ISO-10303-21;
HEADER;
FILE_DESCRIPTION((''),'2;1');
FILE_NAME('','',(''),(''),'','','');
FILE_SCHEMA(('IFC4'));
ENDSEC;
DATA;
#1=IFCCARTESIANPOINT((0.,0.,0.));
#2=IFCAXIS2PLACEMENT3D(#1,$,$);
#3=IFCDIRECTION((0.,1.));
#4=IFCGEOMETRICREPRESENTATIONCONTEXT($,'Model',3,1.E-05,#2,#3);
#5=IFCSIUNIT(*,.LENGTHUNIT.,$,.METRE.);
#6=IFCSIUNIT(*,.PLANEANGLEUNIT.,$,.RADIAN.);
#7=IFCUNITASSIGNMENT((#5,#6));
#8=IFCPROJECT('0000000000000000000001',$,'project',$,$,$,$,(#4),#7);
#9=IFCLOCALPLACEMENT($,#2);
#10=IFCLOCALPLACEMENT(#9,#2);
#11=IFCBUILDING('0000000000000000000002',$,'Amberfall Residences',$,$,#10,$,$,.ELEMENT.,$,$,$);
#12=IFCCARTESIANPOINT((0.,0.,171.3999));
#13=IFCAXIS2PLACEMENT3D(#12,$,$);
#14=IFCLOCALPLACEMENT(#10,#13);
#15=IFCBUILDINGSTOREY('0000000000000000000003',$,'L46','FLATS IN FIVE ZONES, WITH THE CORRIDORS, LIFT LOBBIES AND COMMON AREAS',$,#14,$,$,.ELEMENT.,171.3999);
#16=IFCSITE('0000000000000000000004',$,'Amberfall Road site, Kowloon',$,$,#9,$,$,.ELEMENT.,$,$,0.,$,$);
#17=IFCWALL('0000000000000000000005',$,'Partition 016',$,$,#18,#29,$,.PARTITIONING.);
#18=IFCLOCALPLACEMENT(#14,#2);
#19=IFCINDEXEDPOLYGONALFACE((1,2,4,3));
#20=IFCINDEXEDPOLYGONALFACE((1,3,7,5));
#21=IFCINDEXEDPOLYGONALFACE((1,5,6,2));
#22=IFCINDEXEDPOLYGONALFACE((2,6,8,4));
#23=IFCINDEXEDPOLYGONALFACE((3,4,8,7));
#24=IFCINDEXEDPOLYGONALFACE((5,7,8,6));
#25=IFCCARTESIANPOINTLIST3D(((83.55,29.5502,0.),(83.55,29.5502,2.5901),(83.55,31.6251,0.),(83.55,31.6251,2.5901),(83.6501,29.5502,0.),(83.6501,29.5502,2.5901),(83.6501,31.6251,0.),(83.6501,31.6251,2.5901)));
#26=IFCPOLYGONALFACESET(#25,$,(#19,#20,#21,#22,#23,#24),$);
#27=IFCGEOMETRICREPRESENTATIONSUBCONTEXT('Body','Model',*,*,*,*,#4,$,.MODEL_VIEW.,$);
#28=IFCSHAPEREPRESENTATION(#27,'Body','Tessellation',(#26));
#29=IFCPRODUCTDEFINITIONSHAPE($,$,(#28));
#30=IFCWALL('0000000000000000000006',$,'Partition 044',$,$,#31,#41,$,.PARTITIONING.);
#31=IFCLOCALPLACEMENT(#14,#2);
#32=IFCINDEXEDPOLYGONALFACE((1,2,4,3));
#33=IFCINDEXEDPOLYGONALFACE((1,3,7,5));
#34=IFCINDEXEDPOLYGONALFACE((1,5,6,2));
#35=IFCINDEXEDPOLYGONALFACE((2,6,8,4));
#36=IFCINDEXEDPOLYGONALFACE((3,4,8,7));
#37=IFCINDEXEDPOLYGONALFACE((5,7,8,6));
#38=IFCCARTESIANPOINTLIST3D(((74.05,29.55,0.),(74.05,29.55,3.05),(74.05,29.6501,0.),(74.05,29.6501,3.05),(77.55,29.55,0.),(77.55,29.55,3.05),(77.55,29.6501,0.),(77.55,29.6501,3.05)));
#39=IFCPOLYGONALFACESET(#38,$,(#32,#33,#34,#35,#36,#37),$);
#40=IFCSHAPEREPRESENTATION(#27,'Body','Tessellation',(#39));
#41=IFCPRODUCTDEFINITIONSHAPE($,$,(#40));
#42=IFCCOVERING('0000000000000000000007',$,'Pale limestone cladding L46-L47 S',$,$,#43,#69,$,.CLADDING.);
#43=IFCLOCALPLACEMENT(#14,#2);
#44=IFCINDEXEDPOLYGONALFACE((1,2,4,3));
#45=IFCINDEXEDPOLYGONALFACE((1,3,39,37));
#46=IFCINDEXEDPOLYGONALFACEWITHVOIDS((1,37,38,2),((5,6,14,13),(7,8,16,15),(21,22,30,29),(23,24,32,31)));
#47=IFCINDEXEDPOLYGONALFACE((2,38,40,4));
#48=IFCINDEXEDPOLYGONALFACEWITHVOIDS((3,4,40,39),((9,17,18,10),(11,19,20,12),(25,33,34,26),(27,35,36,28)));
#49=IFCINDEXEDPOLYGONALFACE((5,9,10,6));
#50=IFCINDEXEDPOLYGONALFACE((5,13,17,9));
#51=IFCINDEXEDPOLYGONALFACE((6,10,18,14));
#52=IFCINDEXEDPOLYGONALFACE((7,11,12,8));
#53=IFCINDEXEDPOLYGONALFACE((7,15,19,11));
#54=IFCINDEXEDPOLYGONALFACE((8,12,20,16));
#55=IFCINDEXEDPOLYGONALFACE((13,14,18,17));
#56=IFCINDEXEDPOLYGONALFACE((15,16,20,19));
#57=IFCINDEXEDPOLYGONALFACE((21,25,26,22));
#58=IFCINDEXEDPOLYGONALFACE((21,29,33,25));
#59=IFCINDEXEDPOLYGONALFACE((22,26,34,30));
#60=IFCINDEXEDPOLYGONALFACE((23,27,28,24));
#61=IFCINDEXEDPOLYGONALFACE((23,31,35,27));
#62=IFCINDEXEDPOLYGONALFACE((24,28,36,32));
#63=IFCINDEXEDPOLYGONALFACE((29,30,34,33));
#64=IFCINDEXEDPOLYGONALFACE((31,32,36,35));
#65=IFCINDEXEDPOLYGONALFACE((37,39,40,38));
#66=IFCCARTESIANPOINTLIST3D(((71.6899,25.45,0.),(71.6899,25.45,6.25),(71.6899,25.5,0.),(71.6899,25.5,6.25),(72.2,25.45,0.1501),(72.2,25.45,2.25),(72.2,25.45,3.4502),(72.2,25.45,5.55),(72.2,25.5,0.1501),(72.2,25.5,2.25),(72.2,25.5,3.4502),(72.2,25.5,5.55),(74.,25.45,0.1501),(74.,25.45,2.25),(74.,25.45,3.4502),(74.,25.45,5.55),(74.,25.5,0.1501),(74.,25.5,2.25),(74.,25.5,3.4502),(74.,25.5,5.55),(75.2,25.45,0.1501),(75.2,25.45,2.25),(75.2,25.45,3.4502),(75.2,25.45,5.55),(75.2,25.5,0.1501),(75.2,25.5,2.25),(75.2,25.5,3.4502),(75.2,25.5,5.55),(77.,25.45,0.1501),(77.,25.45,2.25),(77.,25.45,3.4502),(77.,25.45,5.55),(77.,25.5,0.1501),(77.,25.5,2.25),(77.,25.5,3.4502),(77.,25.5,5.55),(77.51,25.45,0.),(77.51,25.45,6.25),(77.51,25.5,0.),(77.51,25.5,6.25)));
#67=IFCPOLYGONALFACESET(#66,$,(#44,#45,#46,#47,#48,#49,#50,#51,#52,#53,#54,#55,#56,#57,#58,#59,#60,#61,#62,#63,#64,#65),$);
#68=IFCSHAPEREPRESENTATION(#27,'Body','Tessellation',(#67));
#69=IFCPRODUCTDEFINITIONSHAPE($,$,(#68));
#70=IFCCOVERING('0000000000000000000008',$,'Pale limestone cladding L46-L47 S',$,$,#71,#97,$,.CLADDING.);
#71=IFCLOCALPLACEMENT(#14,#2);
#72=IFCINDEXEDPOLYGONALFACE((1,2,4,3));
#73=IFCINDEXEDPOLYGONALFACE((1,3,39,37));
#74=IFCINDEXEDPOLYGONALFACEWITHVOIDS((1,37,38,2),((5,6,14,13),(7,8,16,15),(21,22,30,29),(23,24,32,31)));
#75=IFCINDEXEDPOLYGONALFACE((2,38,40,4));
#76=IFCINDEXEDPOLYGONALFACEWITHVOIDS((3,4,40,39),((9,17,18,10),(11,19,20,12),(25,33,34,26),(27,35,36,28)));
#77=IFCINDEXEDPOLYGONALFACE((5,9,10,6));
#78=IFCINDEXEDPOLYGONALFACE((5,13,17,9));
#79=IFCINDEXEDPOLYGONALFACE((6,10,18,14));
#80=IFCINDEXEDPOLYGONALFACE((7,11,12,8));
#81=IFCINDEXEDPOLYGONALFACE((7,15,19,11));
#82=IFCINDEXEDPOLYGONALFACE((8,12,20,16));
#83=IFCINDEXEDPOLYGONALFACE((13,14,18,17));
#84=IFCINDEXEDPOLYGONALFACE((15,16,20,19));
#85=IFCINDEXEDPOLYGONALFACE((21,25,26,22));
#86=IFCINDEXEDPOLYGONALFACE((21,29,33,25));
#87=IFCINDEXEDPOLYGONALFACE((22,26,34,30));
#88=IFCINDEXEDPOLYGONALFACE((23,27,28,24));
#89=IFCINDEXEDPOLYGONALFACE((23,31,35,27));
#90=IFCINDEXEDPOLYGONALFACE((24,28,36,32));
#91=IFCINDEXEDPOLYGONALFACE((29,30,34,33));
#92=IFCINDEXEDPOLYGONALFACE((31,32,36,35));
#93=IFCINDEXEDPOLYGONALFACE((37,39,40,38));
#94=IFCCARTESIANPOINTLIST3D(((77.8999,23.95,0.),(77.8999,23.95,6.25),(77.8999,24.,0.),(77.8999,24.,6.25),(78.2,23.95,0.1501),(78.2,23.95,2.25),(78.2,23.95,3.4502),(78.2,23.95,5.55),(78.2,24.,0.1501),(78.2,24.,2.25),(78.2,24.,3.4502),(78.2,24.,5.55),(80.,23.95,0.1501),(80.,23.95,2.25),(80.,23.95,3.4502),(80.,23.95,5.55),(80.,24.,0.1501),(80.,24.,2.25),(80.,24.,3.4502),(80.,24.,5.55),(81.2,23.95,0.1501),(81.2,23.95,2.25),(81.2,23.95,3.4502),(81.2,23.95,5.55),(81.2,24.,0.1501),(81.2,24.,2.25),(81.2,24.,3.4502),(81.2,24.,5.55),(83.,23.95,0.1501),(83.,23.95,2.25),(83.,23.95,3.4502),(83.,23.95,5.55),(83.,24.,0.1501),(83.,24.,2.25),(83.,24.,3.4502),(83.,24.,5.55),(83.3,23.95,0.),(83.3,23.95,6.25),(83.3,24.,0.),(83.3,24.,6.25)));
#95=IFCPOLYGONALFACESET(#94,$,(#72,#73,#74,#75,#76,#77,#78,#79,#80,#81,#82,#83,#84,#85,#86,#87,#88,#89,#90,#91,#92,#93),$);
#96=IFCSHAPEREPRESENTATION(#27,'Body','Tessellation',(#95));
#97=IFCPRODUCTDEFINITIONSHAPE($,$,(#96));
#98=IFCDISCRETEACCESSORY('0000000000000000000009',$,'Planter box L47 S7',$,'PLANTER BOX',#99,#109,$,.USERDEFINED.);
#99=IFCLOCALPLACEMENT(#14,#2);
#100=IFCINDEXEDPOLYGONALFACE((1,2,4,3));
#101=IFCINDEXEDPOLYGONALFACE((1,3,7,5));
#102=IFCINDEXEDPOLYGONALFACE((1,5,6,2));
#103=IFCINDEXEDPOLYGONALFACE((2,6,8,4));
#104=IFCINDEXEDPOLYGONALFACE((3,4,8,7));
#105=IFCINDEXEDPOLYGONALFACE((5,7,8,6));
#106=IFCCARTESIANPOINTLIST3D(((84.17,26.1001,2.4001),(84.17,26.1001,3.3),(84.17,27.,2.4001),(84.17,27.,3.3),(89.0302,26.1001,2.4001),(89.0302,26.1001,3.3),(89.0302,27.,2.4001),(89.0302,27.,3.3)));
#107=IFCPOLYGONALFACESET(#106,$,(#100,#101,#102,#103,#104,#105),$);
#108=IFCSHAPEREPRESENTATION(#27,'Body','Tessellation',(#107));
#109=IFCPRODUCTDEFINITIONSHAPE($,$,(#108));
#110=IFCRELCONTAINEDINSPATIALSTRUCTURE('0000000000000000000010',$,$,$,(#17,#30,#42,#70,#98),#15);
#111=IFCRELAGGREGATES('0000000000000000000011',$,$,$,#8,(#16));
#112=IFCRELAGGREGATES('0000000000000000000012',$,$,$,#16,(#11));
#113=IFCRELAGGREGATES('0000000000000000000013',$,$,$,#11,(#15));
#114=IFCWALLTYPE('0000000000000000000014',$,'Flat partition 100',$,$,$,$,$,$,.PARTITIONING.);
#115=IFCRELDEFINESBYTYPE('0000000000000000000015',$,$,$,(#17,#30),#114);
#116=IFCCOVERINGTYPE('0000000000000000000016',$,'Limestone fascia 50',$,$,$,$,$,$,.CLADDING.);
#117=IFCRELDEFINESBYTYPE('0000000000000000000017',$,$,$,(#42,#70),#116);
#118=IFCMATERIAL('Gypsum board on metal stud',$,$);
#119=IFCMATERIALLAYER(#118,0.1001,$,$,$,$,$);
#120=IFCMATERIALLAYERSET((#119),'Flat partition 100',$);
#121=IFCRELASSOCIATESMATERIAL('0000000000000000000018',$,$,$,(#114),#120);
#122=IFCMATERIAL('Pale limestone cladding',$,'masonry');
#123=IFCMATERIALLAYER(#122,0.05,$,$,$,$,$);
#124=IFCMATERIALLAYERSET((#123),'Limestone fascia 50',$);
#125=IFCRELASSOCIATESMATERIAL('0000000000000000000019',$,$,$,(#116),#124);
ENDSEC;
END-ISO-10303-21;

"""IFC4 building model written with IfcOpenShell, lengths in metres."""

from ifc_helpers import new_model, si_unit, direction, frame, frame_2d, origin, origin_2d, place, context, subcontext, project, spatial, polyline, rectangle, outline, extrude, material, layer, layer_set, type_object, element, save


model = new_model("IFC4")

# Units and contexts
model_context = context("Model", 3, precision=1e-05, world=origin(), true_north=direction((0.0, 1.0)))
body_context = subcontext(model_context, "Body", "Model", "MODEL_VIEW")
ifc_project = project(units=[si_unit("LENGTHUNIT", "METRE"), si_unit("PLANEANGLEUNIT", "RADIAN")], contexts=[model_context])

# Site, building, storey
site_placement = place(None, origin())
site = spatial("IfcSite", under=ifc_project, at=site_placement, Name="Amberfall Road site, Kowloon", CompositionType="ELEMENT", RefElevation=0.0)
building_placement = place(site_placement, origin())
building = spatial("IfcBuilding", under=site, at=building_placement, Name="Amberfall Residences", CompositionType="ELEMENT")
storey_placement = place(building_placement, frame((0.0, 0.0, 171.3999)))
storey = spatial("IfcBuildingStorey", under=building, at=storey_placement, Name="L46", Description="FLATS IN FIVE ZONES, WITH THE CORRIDORS, LIFT LOBBIES AND COMMON AREAS", CompositionType="ELEMENT", Elevation=171.3999)

# Shared definitions
ifc_material_1 = material(Name="Gypsum board on metal stud")
ifc_layer_1 = layer(ifc_material_1, 0.1001)
ifc_layer_set_1 = layer_set([ifc_layer_1], Name="Flat partition 100")
wall_type_1 = type_object("IfcWallType", Name="Flat partition 100", PredefinedType="PARTITIONING", material=ifc_layer_set_1)

# Walls
wall_1_placement = place(storey_placement, frame((83.6001, 29.55, 0.0), z_axis=(0.0, 0.0, 1.0), x_axis=(0.0, 1.0, 0.0)))
element("IfcWall", 1, at=wall_1_placement, inside=storey, type_object=wall_type_1, Name="Partition 016", PredefinedType="PARTITIONING", context=body_context, shape_type="SweptSolid", body=[
    extrude(rectangle(XDim=2.075, YDim=0.1001, at=frame_2d((1.0376, 0.0))), origin(), (0.0, 0.0, 1.0), 2.5901),
])
wall_2_placement = place(storey_placement, frame((74.05, 29.6001, 0.0), z_axis=(0.0, 0.0, 1.0), x_axis=(1.0, 0.0, 0.0)))
element("IfcWall", 2, at=wall_2_placement, inside=storey, type_object=wall_type_1, Name="Partition 044", PredefinedType="PARTITIONING", context=body_context, shape_type="SweptSolid", body=[
    extrude(rectangle(XDim=3.5, YDim=0.1001, at=frame_2d((1.75, 0.0))), origin(), (0.0, 0.0, 1.0), 3.05),
])

# Coverings
ifc_material_2 = material(Name="Pale limestone cladding", Category="masonry")
ifc_layer_2 = layer(ifc_material_2, 0.05)
ifc_layer_set_2 = layer_set([ifc_layer_2], Name="Limestone fascia 50")
covering_type = type_object("IfcCoveringType", Name="Limestone fascia 50", PredefinedType="CLADDING", material=ifc_layer_set_2)
covering_1_placement = place(storey_placement, frame((71.6899, 25.5, 6.25), z_axis=(0.0, 1.0, 0.0), x_axis=(1.0, 0.0, 0.0)))
element("IfcCovering", 3, at=covering_1_placement, inside=storey, type_object=covering_type, Name="Pale limestone cladding L46-L47 S", PredefinedType="CLADDING", context=body_context, shape_type="SweptSolid", body=[
    extrude(outline(polyline([(0.0, 0.0), (5.8201, 0.0), (5.8201, 6.25), (0.0, 6.25), (0.0, 0.0)]), holes=[polyline([(0.51, 4.0), (2.3101, 4.0), (2.3101, 6.0999), (0.51, 6.0999), (0.51, 4.0)]), polyline([(3.51, 4.0), (5.3101, 4.0), (5.3101, 6.0999), (3.51, 6.0999), (3.51, 4.0)]), polyline([(0.51, 0.7), (2.3101, 0.7), (2.3101, 2.7998), (0.51, 2.7998), (0.51, 0.7)]), polyline([(3.51, 0.7), (5.3101, 0.7), (5.3101, 2.7998), (3.51, 2.7998), (3.51, 0.7)])]), origin(), (0.0, 0.0, -1.0), 0.05),
])
covering_2_placement = place(storey_placement, frame((77.8999, 24.0, 6.25), z_axis=(0.0, 1.0, 0.0), x_axis=(1.0, 0.0, 0.0)))
element("IfcCovering", 4, at=covering_2_placement, inside=storey, type_object=covering_type, Name="Pale limestone cladding L46-L47 S", PredefinedType="CLADDING", context=body_context, shape_type="SweptSolid", body=[
    extrude(outline(polyline([(0.0, 0.0), (5.4001, 0.0), (5.4001, 6.25), (0.0, 6.25), (0.0, 0.0)]), holes=[polyline([(0.3, 4.0), (2.1001, 4.0), (2.1001, 6.0999), (0.3, 6.0999), (0.3, 4.0)]), polyline([(3.3, 4.0), (5.1001, 4.0), (5.1001, 6.0999), (3.3, 6.0999), (3.3, 4.0)]), polyline([(0.3, 0.7), (2.1001, 0.7), (2.1001, 2.7998), (0.3, 2.7998), (0.3, 0.7)]), polyline([(3.3, 0.7), (5.1001, 0.7), (5.1001, 2.7998), (3.3, 2.7998), (3.3, 0.7)])]), origin(), (0.0, 0.0, -1.0), 0.05),
])

# Discrete accessory
discrete_accessory_placement = place(storey_placement, frame((86.6001, 26.55, 2.4001), z_axis=(0.0, 0.0, 1.0), x_axis=(1.0, 0.0, 0.0)))
element("IfcDiscreteAccessory", 5, at=discrete_accessory_placement, inside=storey, Name="Planter box L47 S7", ObjectType="PLANTER BOX", PredefinedType="USERDEFINED", context=body_context, shape_type="SweptSolid", body=[
    extrude(rectangle(XDim=4.8601, YDim=0.8999, at=origin_2d()), origin(), (0.0, 0.0, 1.0), 0.8999),
])

save(model, "model.ifc")
